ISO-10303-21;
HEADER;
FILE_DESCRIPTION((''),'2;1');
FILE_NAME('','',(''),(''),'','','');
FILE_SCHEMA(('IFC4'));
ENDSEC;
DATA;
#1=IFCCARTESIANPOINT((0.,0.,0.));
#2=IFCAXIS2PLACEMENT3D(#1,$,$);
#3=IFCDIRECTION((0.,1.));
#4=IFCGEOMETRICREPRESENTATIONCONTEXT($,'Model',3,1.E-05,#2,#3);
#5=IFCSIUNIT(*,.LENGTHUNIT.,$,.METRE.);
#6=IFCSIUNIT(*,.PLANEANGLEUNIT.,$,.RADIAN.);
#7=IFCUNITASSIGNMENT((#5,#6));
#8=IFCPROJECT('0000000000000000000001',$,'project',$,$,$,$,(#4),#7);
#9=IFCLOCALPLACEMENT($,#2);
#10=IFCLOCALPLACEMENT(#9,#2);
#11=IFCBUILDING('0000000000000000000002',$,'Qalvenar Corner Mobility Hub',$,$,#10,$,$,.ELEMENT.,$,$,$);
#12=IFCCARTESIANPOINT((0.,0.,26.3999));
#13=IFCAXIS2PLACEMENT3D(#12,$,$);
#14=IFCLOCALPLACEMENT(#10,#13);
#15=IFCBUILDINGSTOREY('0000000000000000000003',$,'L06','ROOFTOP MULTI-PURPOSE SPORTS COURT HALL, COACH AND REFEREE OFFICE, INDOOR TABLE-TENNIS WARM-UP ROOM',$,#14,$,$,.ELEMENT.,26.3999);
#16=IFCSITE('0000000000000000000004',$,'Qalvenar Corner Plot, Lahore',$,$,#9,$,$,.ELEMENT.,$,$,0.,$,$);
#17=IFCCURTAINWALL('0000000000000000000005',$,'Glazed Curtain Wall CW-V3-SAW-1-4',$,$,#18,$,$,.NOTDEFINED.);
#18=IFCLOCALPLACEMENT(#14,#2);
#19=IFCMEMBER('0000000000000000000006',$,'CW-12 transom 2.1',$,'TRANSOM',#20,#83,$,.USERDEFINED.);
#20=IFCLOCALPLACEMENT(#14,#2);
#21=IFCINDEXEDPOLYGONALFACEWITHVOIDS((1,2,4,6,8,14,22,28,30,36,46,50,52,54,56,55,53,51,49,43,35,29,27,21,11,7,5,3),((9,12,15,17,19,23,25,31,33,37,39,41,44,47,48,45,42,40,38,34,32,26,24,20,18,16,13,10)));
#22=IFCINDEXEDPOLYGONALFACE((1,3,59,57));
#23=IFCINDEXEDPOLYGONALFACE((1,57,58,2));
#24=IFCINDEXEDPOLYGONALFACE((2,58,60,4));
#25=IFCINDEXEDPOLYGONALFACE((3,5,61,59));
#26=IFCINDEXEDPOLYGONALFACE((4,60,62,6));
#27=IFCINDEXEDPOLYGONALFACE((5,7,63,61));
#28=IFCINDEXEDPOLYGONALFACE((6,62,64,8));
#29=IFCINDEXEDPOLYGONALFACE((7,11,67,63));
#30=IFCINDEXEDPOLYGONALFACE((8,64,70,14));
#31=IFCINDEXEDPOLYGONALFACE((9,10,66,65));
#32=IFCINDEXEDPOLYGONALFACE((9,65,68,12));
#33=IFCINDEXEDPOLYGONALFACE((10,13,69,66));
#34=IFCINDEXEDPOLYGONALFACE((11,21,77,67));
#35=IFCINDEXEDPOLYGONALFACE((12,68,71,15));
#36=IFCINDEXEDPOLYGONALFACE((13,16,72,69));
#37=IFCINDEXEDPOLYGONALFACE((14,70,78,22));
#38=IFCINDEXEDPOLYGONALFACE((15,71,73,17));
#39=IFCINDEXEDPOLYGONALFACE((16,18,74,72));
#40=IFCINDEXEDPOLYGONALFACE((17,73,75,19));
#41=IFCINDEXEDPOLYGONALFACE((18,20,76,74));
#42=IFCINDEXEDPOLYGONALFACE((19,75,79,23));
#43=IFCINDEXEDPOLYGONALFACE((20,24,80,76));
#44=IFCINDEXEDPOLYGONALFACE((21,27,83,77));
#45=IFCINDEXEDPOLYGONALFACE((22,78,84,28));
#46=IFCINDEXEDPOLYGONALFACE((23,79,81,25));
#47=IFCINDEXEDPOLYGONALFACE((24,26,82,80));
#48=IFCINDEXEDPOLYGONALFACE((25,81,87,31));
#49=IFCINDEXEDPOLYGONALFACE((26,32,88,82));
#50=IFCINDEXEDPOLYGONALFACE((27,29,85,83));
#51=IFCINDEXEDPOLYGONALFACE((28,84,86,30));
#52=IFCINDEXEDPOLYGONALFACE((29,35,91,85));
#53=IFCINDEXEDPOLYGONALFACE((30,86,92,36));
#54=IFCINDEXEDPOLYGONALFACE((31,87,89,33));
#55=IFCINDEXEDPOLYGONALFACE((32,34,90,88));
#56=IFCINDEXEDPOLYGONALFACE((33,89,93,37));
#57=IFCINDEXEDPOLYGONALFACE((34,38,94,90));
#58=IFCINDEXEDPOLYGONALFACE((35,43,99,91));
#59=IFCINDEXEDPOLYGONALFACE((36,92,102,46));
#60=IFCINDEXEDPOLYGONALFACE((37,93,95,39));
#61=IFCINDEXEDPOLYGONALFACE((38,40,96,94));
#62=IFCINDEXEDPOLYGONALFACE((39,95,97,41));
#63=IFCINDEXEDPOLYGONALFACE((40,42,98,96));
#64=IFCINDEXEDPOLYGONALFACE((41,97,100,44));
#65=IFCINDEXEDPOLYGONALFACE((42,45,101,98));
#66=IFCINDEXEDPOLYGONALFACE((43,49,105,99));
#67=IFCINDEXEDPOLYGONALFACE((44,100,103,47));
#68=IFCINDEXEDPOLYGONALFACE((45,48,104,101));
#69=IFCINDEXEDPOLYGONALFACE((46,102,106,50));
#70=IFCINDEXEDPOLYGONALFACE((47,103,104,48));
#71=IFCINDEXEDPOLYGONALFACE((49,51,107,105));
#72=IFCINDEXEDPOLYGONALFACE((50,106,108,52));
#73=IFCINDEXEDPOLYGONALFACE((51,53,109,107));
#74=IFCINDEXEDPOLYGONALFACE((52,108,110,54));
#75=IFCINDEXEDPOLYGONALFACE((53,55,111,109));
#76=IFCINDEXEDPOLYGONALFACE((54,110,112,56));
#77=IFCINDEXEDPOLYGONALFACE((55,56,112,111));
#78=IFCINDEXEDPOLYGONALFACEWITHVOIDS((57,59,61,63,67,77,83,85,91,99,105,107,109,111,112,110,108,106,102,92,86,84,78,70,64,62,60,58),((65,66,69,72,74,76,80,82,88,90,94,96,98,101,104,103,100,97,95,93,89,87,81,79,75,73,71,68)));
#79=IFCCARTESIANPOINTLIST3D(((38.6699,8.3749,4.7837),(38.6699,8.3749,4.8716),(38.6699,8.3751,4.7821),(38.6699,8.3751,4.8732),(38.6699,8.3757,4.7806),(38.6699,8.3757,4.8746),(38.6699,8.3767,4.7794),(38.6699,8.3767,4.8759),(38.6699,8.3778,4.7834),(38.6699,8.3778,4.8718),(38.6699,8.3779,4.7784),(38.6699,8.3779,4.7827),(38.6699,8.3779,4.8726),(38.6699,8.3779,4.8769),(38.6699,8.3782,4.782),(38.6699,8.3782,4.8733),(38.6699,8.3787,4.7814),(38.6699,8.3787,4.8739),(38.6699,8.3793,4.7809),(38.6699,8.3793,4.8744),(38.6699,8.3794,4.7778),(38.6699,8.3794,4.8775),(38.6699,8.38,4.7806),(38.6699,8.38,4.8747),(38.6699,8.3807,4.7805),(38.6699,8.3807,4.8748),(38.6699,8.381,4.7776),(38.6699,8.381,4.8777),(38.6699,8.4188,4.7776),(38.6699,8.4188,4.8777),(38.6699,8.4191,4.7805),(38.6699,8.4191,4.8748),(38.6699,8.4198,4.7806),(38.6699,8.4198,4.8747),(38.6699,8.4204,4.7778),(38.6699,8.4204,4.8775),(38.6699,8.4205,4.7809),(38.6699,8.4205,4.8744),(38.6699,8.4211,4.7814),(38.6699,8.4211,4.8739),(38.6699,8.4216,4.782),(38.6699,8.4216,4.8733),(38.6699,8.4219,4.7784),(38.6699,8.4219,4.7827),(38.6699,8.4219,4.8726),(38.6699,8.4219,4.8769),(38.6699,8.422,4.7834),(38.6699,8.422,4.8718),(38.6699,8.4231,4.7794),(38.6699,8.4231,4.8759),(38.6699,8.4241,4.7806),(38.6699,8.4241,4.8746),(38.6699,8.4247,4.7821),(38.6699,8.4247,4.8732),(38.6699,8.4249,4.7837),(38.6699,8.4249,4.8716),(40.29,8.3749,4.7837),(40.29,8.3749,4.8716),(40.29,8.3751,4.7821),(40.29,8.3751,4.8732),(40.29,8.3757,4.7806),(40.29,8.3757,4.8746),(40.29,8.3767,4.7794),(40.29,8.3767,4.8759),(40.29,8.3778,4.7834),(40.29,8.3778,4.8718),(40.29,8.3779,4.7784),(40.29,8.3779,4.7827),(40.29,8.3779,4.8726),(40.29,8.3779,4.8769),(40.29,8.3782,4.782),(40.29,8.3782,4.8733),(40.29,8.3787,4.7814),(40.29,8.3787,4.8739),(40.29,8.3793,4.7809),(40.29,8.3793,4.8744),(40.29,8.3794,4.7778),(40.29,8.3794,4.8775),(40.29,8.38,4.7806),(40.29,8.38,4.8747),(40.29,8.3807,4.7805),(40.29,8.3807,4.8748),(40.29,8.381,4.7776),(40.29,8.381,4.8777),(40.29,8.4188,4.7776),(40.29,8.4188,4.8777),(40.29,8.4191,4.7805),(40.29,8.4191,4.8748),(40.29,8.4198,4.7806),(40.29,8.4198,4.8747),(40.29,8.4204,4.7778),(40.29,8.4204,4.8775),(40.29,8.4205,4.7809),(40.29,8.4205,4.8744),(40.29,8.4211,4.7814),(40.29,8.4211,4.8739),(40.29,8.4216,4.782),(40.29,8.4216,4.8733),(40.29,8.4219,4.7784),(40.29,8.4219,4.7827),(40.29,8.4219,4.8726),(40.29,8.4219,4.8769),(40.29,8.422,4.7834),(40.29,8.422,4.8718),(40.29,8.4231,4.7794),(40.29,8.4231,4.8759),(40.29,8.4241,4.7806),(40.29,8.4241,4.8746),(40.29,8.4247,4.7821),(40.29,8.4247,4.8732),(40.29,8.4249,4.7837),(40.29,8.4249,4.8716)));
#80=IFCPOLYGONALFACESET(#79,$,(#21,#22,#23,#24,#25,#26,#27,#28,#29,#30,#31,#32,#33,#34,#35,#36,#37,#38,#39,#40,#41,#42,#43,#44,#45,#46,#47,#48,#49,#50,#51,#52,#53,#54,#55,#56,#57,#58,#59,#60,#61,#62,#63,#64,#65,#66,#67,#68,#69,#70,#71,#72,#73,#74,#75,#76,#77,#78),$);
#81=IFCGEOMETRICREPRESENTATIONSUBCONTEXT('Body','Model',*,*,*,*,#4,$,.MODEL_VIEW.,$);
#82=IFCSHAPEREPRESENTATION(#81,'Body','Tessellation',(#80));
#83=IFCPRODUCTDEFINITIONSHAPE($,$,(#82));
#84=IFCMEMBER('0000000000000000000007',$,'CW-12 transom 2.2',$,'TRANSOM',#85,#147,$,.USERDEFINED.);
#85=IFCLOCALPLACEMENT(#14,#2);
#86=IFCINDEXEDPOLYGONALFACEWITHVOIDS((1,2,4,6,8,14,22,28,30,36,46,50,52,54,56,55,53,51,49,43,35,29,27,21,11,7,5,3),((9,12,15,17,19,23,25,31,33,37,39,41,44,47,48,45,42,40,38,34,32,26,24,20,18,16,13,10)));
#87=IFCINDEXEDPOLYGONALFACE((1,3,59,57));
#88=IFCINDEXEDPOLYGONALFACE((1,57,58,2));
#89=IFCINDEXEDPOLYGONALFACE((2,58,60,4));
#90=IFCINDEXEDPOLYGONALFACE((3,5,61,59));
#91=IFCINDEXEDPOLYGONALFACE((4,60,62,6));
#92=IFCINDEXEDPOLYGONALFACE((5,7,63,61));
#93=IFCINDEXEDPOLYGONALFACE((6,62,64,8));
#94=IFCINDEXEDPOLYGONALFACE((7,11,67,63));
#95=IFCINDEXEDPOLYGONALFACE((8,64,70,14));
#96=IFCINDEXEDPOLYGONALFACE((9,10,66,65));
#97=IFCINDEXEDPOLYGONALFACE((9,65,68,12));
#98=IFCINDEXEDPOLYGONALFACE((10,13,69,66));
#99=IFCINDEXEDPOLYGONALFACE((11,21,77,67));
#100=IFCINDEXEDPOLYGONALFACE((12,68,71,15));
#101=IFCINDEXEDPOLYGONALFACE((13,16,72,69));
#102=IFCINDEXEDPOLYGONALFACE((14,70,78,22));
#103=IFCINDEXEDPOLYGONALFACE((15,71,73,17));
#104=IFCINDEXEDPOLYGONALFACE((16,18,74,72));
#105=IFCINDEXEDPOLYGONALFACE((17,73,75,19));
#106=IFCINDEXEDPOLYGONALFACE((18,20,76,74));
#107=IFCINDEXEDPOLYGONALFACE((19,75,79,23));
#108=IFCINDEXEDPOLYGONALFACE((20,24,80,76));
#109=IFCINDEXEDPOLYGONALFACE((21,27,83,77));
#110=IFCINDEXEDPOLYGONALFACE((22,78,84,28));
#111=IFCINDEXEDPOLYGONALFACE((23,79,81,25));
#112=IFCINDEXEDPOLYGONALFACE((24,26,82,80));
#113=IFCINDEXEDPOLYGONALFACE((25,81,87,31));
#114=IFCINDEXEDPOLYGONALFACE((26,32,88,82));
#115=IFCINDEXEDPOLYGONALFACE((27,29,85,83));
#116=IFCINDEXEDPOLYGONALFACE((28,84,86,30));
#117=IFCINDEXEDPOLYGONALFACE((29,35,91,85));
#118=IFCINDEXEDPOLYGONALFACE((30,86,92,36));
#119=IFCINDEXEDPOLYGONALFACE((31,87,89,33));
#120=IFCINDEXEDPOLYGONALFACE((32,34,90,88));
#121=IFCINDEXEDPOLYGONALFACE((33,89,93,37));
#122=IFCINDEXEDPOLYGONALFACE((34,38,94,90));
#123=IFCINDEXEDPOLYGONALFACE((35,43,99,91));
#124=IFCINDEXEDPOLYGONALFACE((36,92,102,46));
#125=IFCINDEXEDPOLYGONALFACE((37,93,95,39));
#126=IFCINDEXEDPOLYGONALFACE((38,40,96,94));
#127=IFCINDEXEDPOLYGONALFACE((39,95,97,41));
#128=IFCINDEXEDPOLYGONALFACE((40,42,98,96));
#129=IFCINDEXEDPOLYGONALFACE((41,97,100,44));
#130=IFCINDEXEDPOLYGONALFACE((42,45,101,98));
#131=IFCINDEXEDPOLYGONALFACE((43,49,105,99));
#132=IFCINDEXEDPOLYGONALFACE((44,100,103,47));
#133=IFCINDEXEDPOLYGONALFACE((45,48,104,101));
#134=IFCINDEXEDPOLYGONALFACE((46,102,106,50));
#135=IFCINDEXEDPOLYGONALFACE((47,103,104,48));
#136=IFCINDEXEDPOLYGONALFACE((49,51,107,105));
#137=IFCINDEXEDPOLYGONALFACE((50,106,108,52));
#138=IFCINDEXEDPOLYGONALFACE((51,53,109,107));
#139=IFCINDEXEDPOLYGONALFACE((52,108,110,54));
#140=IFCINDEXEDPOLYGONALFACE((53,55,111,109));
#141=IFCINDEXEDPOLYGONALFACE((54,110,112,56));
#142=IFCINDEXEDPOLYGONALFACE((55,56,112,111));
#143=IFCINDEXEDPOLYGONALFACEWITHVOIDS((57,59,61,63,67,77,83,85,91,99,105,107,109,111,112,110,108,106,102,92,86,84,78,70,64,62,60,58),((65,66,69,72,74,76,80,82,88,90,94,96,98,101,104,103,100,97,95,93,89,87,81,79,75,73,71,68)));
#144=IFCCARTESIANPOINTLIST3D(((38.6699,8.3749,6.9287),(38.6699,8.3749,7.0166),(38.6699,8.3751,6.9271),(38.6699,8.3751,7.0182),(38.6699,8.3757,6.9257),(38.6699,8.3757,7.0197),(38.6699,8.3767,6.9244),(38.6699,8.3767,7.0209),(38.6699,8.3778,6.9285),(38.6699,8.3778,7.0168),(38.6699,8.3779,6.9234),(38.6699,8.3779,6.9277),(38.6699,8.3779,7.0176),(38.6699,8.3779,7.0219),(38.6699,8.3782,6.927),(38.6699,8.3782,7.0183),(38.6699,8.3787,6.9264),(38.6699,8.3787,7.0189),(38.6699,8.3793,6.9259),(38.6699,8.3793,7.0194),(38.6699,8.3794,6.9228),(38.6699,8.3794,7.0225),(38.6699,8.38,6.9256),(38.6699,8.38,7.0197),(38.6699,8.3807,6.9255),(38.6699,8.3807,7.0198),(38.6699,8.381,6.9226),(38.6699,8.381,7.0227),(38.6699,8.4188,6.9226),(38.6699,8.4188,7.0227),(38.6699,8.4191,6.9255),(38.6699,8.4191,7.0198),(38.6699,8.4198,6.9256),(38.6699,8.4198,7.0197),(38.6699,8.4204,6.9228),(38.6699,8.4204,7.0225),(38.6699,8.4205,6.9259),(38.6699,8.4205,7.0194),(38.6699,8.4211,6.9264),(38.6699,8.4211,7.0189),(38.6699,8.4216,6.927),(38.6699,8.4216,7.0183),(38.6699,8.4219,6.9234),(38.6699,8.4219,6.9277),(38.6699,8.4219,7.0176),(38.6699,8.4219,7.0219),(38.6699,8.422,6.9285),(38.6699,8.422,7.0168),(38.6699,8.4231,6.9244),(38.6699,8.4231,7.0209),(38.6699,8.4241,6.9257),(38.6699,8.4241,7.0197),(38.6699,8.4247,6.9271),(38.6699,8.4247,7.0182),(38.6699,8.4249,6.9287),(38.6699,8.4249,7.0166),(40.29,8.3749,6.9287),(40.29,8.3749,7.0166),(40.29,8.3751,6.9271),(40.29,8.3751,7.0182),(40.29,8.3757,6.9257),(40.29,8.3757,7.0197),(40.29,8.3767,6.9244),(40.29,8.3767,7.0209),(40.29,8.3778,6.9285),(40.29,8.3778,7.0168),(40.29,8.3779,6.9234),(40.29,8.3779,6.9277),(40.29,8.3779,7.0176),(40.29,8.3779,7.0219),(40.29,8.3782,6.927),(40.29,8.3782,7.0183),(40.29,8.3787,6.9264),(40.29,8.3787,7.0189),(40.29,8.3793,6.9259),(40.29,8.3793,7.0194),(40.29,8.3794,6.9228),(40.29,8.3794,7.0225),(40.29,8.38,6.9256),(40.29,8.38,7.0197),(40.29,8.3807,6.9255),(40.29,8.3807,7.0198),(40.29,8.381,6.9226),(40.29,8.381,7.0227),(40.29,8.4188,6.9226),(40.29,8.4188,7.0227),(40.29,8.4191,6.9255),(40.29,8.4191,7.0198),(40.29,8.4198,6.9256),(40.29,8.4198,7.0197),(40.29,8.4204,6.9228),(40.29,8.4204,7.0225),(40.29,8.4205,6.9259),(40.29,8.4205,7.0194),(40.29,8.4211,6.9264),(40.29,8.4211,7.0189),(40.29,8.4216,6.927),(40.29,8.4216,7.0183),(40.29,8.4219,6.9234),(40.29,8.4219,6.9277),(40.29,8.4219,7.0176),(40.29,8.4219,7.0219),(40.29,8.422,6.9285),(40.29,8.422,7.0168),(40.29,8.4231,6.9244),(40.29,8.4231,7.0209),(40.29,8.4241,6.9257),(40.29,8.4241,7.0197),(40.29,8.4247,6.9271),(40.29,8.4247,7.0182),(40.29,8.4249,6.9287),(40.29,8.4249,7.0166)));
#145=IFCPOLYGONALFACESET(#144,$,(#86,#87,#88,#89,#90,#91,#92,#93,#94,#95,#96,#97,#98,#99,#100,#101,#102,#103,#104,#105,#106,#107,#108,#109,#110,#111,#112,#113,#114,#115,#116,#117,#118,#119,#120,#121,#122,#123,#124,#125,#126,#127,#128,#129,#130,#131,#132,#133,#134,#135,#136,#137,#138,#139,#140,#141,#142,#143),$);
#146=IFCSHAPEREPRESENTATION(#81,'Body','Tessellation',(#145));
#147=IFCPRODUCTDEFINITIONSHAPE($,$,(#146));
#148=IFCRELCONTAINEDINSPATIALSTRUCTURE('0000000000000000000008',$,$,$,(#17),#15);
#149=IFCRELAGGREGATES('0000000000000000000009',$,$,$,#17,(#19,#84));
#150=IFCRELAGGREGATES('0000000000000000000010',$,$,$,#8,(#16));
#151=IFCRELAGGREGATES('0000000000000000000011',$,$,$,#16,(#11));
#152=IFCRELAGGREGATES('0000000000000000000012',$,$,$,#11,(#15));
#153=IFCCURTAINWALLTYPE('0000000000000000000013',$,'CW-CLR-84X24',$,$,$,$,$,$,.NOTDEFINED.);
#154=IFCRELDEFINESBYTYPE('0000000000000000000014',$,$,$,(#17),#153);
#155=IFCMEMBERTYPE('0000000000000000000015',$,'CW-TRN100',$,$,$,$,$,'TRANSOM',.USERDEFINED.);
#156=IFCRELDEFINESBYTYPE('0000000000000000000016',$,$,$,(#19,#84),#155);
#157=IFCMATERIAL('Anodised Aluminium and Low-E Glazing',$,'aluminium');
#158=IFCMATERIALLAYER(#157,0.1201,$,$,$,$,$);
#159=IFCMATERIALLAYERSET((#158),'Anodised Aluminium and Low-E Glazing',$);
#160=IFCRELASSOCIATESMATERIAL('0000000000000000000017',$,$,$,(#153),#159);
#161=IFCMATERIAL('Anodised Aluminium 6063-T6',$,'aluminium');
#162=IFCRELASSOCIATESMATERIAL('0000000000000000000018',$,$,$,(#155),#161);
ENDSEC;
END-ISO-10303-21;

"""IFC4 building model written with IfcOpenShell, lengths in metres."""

from ifc_helpers import new_model, si_unit, direction, frame, origin, origin_2d, place, context, subcontext, project, spatial, hollow_rectangle, extrude, material, layer, layer_set, material_profile, profile_set, type_object, element, aggregate, save


model = new_model("IFC4")

# Units and contexts
model_context = context("Model", 3, precision=1e-05, world=origin(), true_north=direction((0.0, 1.0)))
body_context = subcontext(model_context, "Body", "Model", "MODEL_VIEW")
ifc_project = project(units=[si_unit("LENGTHUNIT", "METRE"), si_unit("PLANEANGLEUNIT", "RADIAN")], contexts=[model_context])

# Site, building, storey
site_placement = place(None, origin())
site = spatial("IfcSite", under=ifc_project, at=site_placement, Name="Qalvenar Corner Plot, Lahore", CompositionType="ELEMENT", RefElevation=0.0)
building_placement = place(site_placement, origin())
building = spatial("IfcBuilding", under=site, at=building_placement, Name="Qalvenar Corner Mobility Hub", CompositionType="ELEMENT")
storey_placement = place(building_placement, frame((0.0, 0.0, 26.3999)))
storey = spatial("IfcBuildingStorey", under=building, at=storey_placement, Name="L06", Description="ROOFTOP MULTI-PURPOSE SPORTS COURT HALL, COACH AND REFEREE OFFICE, INDOOR TABLE-TENNIS WARM-UP ROOM", CompositionType="ELEMENT", Elevation=26.3999)

# Curtain wall
ifc_material_1 = material(Name="Anodised Aluminium and Low-E Glazing", Category="aluminium")
ifc_layer_1 = layer(ifc_material_1, 0.1201)
ifc_layer_set_1 = layer_set([ifc_layer_1], Name="Anodised Aluminium and Low-E Glazing")
curtain_wall_type_1 = type_object("IfcCurtainWallType", Name="CW-CLR-84X24", PredefinedType="NOTDEFINED", material=ifc_layer_set_1)
curtain_wall_1_placement = place(storey_placement, origin())
curtain_wall_1 = element("IfcCurtainWall", 1, at=curtain_wall_1_placement, inside=storey, type_object=curtain_wall_type_1, Name="Glazed Curtain Wall CW-V3-SAW-1-4", PredefinedType="NOTDEFINED")
ifc_material_2 = material(Name="Anodised Aluminium 6063-T6", Category="aluminium")

# Members
ifc_material_profile_1 = material_profile(ifc_material_2, hollow_rectangle(XDim=0.05, YDim=0.1001, WallThickness=0.0029, InnerFilletRadius=0.0029, OuterFilletRadius=0.0061, at=origin_2d()), Name="RHS100x50x3")
ifc_profile_set_1 = profile_set([ifc_material_profile_1], Name="Anodised Aluminium 6063-T6")
member_type_1 = type_object("IfcMemberType", Name="CW-TRN100", ElementType="TRANSOM", PredefinedType="USERDEFINED", material=ifc_profile_set_1)
member_1_placement = place(storey_placement, frame((40.29, 8.3999, 4.8276), z_axis=(-1.0, 0.0, 0.0), x_axis=(0.0, -1.0, 0.0)))
member_1 = element("IfcMember", 2, at=member_1_placement, type_object=member_type_1, Name="CW-12 transom 2.1", ObjectType="TRANSOM", PredefinedType="USERDEFINED", context=body_context, shape_type="SweptSolid", body=[
    extrude(hollow_rectangle(XDim=0.05, YDim=0.1001, WallThickness=0.0029, InnerFilletRadius=0.0029, OuterFilletRadius=0.0061, at=origin_2d()), origin(), (0.0, 0.0, 1.0), 1.6201),
])
member_2_placement = place(storey_placement, frame((40.29, 8.3999, 6.9727), z_axis=(-1.0, 0.0, 0.0), x_axis=(0.0, -1.0, 0.0)))
member_2 = element("IfcMember", 3, at=member_2_placement, type_object=member_type_1, Name="CW-12 transom 2.2", ObjectType="TRANSOM", PredefinedType="USERDEFINED", context=body_context, shape_type="SweptSolid", body=[
    extrude(hollow_rectangle(XDim=0.05, YDim=0.1001, WallThickness=0.0029, InnerFilletRadius=0.0029, OuterFilletRadius=0.0061, at=origin_2d()), origin(), (0.0, 0.0, 1.0), 1.6201),
])

aggregate(curtain_wall_1, [member_1, member_2])

save(model, "model.ifc")
